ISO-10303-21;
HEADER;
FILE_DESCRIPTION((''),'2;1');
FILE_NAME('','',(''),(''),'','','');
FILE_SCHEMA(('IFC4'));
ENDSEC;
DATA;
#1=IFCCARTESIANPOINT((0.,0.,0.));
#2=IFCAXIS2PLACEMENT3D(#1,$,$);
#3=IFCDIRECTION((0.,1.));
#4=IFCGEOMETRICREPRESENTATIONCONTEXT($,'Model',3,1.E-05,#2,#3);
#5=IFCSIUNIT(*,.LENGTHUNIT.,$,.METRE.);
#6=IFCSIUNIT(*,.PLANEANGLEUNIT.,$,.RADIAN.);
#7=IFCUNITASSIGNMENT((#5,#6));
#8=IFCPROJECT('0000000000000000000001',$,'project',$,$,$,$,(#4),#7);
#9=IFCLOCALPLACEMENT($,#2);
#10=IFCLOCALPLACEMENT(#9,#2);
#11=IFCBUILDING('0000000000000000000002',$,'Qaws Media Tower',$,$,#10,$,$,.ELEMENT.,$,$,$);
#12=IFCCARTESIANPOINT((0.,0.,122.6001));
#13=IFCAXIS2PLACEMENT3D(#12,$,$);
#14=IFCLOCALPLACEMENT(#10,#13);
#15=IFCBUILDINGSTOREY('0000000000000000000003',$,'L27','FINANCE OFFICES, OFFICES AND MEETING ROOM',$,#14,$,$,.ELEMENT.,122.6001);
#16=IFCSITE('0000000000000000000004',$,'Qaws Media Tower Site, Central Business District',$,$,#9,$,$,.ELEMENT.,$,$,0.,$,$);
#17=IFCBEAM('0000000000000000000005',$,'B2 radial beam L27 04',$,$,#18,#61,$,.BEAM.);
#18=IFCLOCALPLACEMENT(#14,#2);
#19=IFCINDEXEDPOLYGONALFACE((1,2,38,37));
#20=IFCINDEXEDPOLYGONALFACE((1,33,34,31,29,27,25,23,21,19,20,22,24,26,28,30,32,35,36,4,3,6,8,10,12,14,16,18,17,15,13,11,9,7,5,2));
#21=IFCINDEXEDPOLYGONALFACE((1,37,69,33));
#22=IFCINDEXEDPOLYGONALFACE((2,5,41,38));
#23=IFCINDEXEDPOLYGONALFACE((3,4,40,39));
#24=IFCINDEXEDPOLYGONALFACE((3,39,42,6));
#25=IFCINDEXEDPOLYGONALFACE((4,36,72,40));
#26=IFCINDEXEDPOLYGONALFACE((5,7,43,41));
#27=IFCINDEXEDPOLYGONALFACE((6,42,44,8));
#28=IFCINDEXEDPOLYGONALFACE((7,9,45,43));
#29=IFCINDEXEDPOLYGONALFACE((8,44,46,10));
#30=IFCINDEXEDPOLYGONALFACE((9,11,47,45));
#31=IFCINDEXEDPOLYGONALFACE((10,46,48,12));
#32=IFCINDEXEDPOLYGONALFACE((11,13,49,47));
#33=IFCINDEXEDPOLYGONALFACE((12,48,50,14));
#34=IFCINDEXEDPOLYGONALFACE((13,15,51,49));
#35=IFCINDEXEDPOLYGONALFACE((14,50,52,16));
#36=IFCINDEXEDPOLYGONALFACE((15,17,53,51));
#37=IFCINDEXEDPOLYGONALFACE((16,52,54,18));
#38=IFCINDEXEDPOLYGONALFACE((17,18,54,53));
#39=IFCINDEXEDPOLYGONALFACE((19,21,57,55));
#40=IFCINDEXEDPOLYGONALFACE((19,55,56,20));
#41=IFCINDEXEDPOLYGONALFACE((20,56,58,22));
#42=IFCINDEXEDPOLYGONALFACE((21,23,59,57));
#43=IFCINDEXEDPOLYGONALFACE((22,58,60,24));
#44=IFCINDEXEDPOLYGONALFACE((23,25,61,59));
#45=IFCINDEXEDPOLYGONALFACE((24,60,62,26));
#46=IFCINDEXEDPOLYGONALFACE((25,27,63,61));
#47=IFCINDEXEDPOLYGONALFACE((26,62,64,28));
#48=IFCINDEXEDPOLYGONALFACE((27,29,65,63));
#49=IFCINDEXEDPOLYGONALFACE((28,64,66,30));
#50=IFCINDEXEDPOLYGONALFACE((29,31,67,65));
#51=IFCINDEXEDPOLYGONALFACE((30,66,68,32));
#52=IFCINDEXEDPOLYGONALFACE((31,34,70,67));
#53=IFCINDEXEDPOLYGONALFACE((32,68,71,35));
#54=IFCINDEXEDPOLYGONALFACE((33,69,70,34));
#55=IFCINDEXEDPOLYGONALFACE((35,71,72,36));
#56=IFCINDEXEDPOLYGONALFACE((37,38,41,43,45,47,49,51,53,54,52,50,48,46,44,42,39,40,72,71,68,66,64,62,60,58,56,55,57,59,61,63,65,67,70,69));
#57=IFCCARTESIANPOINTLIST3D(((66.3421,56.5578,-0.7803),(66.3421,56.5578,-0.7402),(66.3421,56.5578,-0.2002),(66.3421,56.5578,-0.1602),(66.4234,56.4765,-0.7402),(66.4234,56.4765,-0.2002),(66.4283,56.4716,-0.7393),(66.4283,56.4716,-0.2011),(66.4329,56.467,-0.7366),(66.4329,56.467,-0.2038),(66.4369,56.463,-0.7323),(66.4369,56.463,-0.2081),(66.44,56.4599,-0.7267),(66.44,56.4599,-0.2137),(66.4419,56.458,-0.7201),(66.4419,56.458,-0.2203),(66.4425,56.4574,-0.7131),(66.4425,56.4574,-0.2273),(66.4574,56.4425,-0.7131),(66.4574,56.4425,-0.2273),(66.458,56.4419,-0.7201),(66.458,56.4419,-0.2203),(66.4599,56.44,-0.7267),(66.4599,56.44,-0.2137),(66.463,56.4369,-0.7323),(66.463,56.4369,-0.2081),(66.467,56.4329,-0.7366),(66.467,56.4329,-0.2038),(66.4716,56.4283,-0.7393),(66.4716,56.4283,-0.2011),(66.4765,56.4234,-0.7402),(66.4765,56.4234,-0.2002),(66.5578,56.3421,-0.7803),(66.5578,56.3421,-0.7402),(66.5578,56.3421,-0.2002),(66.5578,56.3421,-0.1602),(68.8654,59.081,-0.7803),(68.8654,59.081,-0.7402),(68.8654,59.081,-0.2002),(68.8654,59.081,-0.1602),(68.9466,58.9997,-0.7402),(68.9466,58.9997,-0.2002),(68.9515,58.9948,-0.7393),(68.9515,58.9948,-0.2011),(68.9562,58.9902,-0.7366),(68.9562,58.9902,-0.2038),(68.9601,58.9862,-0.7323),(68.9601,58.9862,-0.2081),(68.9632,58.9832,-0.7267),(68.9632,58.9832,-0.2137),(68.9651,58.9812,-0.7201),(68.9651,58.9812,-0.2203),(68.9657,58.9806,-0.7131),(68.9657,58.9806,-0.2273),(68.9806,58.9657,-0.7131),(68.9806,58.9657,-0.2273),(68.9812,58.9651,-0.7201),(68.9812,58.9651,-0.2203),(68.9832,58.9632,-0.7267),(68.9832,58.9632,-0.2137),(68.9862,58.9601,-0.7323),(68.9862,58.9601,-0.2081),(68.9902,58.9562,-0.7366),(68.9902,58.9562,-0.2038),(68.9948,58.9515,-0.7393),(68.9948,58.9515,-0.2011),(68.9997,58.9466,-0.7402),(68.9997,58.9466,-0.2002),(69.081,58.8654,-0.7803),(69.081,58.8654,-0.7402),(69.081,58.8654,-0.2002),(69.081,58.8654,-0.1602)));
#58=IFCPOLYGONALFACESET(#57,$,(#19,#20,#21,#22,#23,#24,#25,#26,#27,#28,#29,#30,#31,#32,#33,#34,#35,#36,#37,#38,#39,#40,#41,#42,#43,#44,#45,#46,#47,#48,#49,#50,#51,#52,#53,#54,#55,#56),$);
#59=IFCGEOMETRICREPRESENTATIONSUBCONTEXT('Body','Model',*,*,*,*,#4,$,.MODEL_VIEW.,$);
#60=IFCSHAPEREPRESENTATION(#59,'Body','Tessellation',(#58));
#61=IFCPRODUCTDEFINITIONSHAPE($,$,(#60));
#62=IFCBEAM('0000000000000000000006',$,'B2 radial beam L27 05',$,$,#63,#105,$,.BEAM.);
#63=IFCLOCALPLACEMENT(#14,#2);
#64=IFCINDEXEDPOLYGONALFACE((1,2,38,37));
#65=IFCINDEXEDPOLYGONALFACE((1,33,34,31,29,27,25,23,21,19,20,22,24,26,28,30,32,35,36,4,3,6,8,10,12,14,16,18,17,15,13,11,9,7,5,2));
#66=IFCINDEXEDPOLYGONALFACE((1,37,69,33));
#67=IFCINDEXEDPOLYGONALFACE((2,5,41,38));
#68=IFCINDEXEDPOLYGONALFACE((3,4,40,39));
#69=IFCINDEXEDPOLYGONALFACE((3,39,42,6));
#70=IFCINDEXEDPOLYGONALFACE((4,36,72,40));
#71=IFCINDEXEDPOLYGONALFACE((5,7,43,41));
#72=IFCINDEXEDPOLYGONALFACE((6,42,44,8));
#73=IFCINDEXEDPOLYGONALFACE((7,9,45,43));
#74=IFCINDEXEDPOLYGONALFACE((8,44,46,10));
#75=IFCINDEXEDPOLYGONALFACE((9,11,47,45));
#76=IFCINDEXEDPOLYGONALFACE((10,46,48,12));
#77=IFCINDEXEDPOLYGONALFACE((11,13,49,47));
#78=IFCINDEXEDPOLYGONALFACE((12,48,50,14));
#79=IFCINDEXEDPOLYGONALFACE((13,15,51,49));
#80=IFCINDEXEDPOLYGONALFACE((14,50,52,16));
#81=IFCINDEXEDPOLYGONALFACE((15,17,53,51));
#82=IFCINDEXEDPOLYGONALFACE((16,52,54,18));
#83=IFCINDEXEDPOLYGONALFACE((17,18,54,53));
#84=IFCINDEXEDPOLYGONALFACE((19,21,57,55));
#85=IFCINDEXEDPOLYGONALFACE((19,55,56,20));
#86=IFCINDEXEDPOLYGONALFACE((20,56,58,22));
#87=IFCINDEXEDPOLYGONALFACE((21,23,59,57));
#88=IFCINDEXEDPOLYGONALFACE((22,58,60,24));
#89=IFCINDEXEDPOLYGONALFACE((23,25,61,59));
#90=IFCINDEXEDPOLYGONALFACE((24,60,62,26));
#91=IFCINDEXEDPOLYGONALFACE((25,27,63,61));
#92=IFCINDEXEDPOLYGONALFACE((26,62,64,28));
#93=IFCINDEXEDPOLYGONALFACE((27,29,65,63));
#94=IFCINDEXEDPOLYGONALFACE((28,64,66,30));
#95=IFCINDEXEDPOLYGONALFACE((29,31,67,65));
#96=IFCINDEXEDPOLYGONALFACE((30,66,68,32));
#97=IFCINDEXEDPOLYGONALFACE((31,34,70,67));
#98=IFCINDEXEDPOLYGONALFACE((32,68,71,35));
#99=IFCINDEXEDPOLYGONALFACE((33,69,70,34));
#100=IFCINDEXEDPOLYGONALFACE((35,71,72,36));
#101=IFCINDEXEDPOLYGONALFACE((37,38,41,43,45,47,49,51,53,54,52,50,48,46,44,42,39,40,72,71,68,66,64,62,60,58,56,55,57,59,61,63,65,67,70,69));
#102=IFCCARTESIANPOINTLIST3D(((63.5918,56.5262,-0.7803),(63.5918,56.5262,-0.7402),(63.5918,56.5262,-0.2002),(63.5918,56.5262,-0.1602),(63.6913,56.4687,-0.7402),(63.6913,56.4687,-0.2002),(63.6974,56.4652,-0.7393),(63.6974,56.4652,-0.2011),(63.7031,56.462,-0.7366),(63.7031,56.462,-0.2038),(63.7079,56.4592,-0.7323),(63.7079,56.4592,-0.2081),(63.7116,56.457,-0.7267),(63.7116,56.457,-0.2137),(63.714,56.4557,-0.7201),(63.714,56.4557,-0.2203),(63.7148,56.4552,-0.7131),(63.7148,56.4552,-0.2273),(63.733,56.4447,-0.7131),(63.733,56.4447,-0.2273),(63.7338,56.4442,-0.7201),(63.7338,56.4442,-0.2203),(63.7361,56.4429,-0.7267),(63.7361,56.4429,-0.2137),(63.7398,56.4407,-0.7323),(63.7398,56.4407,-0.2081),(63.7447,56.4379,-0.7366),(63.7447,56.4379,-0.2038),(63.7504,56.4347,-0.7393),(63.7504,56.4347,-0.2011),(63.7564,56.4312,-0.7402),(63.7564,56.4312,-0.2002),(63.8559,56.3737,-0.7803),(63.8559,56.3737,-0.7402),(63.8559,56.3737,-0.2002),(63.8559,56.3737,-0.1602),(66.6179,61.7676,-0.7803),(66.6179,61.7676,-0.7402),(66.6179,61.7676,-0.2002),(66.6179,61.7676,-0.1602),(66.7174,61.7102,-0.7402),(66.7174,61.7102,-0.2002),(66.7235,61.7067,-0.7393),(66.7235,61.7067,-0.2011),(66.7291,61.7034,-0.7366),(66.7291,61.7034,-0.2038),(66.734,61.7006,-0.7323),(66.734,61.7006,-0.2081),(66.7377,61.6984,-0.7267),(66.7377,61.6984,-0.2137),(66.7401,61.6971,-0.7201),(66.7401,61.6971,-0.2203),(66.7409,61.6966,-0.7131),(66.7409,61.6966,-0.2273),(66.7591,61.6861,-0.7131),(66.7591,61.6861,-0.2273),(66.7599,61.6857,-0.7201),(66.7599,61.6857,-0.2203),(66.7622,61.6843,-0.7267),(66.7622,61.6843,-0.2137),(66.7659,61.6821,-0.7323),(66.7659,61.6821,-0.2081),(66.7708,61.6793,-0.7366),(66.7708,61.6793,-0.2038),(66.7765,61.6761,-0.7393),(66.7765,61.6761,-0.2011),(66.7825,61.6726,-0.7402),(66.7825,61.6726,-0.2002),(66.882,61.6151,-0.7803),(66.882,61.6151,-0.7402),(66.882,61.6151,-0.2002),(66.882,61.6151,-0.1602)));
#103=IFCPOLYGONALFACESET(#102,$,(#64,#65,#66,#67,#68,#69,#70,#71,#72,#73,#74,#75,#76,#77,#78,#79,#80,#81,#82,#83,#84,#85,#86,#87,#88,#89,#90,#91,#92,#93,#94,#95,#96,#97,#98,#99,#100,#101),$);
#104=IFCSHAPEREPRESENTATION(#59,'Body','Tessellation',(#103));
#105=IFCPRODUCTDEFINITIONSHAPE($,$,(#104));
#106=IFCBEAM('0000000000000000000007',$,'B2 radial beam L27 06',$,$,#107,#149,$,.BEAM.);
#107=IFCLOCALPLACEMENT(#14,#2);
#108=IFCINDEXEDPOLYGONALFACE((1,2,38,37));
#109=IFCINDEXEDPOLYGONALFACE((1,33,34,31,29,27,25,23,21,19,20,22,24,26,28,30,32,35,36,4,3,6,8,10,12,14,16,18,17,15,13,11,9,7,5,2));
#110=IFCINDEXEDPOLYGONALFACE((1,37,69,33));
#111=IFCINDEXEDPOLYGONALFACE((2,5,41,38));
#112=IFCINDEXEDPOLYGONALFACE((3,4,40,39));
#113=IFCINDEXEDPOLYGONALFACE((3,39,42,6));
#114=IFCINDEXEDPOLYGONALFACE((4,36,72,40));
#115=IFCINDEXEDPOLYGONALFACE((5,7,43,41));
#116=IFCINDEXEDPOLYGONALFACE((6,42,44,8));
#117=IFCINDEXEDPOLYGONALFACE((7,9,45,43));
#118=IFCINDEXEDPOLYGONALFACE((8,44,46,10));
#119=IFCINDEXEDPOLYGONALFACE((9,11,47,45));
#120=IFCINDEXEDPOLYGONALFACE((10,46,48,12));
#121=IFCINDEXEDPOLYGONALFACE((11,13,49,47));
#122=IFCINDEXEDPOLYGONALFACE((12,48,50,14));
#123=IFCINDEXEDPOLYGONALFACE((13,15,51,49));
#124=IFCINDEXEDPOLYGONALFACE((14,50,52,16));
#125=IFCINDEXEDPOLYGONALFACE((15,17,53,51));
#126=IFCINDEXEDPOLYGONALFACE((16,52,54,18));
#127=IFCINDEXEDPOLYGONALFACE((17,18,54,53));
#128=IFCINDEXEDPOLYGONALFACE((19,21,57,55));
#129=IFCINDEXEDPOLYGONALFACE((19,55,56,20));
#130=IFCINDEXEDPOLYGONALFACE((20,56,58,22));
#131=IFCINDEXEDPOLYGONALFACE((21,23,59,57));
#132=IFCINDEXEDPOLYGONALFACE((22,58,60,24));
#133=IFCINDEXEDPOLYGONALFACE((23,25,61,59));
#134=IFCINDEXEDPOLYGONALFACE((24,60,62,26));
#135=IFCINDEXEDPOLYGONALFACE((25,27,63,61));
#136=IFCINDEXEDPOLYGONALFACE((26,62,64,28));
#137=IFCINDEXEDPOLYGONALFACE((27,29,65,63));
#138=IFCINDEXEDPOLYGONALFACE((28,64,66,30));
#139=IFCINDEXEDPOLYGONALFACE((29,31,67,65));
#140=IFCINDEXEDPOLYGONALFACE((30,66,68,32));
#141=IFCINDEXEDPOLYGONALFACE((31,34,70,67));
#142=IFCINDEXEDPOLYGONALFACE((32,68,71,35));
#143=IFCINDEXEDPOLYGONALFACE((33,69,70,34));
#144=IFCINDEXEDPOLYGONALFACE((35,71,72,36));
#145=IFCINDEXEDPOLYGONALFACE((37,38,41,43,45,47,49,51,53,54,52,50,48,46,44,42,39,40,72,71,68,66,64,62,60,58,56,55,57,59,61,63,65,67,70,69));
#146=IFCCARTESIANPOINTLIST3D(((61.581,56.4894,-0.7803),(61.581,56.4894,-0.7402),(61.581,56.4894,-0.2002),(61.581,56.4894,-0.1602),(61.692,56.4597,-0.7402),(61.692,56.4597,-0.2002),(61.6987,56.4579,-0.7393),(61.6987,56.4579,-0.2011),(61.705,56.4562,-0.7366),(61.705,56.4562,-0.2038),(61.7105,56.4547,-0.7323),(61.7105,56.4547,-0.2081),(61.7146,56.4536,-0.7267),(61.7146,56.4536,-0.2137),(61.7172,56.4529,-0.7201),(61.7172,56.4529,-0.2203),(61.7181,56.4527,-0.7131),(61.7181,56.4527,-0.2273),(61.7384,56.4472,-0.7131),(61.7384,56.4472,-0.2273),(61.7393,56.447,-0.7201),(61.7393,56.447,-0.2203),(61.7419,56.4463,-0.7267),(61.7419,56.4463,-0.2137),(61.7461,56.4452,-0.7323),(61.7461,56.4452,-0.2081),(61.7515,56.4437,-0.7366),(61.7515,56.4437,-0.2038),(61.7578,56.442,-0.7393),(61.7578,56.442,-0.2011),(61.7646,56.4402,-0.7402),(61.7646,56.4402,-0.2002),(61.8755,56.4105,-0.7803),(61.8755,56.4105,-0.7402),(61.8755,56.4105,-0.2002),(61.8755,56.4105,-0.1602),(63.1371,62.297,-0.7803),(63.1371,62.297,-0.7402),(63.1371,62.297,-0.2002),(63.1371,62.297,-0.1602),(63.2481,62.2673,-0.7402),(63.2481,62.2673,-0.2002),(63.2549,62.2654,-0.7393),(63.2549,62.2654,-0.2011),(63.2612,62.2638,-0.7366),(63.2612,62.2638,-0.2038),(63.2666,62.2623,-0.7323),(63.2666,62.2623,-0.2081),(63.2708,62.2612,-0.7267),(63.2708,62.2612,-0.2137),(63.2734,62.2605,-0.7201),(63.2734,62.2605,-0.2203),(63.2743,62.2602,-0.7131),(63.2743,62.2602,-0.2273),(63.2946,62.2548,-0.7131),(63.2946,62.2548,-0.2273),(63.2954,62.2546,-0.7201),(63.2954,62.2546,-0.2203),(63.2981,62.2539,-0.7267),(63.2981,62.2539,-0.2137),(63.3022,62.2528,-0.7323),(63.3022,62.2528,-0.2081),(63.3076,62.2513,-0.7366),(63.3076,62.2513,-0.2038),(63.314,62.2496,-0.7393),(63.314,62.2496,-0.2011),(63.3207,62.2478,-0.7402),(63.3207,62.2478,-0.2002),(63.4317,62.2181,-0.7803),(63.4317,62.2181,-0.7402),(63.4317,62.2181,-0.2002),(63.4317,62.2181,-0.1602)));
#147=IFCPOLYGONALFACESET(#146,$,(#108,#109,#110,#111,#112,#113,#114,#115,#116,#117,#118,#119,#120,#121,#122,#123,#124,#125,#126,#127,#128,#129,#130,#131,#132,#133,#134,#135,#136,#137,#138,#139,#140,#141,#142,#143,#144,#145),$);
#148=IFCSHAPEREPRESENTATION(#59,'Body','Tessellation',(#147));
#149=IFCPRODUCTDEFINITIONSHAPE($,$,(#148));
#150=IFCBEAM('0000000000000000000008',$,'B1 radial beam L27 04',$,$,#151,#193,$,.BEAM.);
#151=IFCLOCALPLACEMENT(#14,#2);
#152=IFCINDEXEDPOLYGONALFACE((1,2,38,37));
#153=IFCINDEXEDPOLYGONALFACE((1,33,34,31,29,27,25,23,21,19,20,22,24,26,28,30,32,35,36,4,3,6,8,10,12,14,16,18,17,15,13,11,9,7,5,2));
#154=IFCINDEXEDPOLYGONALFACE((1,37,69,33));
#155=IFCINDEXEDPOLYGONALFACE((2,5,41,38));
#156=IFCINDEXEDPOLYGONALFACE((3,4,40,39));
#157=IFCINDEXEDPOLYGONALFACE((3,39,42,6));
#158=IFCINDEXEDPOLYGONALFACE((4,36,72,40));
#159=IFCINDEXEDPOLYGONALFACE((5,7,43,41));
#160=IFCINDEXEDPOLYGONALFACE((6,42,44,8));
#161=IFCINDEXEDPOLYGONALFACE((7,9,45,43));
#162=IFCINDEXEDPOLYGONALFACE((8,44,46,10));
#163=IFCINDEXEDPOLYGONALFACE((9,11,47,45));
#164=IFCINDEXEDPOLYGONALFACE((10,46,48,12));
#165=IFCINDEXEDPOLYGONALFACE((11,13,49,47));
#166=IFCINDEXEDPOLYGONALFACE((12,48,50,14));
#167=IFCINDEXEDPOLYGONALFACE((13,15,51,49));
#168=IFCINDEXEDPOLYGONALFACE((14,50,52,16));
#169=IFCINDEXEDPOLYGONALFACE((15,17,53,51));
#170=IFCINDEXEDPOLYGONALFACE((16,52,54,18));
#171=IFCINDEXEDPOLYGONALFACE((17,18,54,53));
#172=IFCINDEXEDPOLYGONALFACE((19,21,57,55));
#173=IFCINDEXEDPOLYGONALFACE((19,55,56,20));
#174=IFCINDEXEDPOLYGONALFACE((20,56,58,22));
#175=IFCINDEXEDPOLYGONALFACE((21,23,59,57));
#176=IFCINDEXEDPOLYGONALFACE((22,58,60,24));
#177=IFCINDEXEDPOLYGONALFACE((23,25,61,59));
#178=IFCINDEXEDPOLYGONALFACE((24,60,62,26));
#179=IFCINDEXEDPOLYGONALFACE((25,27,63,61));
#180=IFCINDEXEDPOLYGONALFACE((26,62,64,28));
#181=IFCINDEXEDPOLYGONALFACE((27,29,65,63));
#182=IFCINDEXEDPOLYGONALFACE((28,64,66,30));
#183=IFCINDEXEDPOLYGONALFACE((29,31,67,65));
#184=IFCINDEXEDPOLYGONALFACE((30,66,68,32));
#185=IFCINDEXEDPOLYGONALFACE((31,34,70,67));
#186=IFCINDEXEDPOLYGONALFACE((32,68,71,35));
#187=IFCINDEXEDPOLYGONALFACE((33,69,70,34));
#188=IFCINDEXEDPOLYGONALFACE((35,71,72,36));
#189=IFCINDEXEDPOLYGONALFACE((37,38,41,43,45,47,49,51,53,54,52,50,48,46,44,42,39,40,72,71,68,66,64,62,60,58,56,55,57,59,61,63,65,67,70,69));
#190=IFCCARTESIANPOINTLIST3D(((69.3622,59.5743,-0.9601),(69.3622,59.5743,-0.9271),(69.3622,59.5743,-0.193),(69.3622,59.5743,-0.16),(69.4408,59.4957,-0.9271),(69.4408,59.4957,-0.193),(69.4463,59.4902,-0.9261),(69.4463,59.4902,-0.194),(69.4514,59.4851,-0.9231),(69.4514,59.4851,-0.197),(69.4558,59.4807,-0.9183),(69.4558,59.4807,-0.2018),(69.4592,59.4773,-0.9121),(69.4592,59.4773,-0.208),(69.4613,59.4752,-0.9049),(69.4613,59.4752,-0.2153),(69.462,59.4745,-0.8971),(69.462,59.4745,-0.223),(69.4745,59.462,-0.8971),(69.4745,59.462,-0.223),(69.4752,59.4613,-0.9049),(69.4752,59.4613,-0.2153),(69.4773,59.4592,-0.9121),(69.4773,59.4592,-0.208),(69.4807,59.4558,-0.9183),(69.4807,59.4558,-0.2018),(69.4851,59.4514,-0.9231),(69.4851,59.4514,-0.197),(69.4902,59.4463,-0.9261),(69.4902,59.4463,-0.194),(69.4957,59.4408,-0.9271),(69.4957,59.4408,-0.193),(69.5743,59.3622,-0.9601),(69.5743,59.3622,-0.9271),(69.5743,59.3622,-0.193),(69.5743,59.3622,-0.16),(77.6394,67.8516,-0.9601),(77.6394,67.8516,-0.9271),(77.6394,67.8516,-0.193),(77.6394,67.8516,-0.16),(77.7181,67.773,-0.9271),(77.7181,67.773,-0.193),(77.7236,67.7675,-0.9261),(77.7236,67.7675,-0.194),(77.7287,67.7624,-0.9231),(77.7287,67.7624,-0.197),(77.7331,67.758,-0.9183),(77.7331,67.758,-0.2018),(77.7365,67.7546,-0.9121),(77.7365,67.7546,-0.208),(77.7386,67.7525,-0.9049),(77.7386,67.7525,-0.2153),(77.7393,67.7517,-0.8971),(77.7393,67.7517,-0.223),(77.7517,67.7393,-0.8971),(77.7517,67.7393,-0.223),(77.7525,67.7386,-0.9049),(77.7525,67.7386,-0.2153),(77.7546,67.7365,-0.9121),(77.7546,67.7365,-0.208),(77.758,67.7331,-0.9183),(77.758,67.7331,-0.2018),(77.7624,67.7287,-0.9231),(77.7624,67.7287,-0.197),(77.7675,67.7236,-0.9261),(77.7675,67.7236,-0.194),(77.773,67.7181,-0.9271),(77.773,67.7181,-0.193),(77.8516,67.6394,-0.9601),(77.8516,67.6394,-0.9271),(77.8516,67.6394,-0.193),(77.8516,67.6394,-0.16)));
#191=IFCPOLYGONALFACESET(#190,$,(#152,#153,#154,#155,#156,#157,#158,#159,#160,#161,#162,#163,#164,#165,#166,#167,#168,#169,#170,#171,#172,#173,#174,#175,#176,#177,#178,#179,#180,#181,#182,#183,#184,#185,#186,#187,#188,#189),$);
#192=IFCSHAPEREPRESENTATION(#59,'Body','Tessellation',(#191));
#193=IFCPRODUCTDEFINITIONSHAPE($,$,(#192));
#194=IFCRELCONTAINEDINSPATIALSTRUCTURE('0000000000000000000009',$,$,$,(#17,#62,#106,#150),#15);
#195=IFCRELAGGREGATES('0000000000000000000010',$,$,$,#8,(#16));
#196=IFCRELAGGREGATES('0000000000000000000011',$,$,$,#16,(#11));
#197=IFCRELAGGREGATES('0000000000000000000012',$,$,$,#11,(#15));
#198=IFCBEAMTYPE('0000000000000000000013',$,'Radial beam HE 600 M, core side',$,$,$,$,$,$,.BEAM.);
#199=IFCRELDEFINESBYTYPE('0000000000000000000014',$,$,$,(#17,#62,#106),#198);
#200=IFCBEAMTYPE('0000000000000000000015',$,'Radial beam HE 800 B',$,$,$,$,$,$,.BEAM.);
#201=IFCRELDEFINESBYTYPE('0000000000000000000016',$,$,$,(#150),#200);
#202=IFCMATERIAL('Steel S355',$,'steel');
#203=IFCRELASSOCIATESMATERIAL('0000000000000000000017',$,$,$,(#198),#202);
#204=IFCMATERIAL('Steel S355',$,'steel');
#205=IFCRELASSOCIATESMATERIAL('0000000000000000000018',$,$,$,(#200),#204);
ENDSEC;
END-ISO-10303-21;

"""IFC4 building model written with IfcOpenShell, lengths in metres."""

from ifc_helpers import new_model, si_unit, direction, frame, origin, origin_2d, place, context, subcontext, project, spatial, i_section, extrude, material, material_profile, profile_set, type_object, element, save


model = new_model("IFC4")

# Units and contexts
model_context = context("Model", 3, precision=1e-05, world=origin(), true_north=direction((0.0, 1.0)))
body_context = subcontext(model_context, "Body", "Model", "MODEL_VIEW")
ifc_project = project(units=[si_unit("LENGTHUNIT", "METRE"), si_unit("PLANEANGLEUNIT", "RADIAN")], contexts=[model_context])

# Site, building, storey
site_placement = place(None, origin())
site = spatial("IfcSite", under=ifc_project, at=site_placement, Name="Qaws Media Tower Site, Central Business District", CompositionType="ELEMENT", RefElevation=0.0)
building_placement = place(site_placement, origin())
building = spatial("IfcBuilding", under=site, at=building_placement, Name="Qaws Media Tower", CompositionType="ELEMENT")
storey_placement = place(building_placement, frame((0.0, 0.0, 122.6001)))
storey = spatial("IfcBuildingStorey", under=building, at=storey_placement, Name="L27", Description="FINANCE OFFICES, OFFICES AND MEETING ROOM", CompositionType="ELEMENT", Elevation=122.6001)

# Beams
ifc_material_1 = material(Name="Steel S355", Category="steel")
ifc_material_profile_1 = material_profile(ifc_material_1, i_section(OverallWidth=0.3049, OverallDepth=0.6201, WebThickness=0.021, FlangeThickness=0.04, FilletRadius=0.0271, at=origin_2d()), Name="HE 600 M")
ifc_profile_set_1 = profile_set([ifc_material_profile_1], Name="Steel S355")
beam_type_1 = type_object("IfcBeamType", Name="Radial beam HE 600 M, core side", PredefinedType="BEAM", material=ifc_profile_set_1)
beam_1_placement = place(storey_placement, frame((66.45, 56.45, -0.4702), z_axis=(0.707107, 0.707107, 0.0), x_axis=(-0.707107, 0.707107, 0.0)))
element("IfcBeam", 1, at=beam_1_placement, inside=storey, type_object=beam_type_1, Name="B2 radial beam L27 04", PredefinedType="BEAM", context=body_context, shape_type="SweptSolid", body=[
    extrude(i_section(OverallWidth=0.3049, OverallDepth=0.6201, WebThickness=0.021, FlangeThickness=0.04, FilletRadius=0.0271, at=origin_2d()), origin(), (0.0, 0.0, 1.0), 3.5684),
])
beam_2_placement = place(storey_placement, frame((63.7239, 56.45, -0.4702), z_axis=(0.499996, 0.866028, 0.0), x_axis=(-0.866028, 0.499996, 0.0)))
element("IfcBeam", 2, at=beam_2_placement, inside=storey, type_object=beam_type_1, Name="B2 radial beam L27 05", PredefinedType="BEAM", context=body_context, shape_type="SweptSolid", body=[
    extrude(i_section(OverallWidth=0.3049, OverallDepth=0.6201, WebThickness=0.021, FlangeThickness=0.04, FilletRadius=0.0271, at=origin_2d()), origin(), (0.0, 0.0, 1.0), 6.0522),
])
beam_3_placement = place(storey_placement, frame((61.7283, 56.45, -0.4702), z_axis=(0.25882, 0.965926, 0.0), x_axis=(-0.965926, 0.25882, 0.0)))
element("IfcBeam", 3, at=beam_3_placement, inside=storey, type_object=beam_type_1, Name="B2 radial beam L27 06", PredefinedType="BEAM", context=body_context, shape_type="SweptSolid", body=[
    extrude(i_section(OverallWidth=0.3049, OverallDepth=0.6201, WebThickness=0.021, FlangeThickness=0.04, FilletRadius=0.0271, at=origin_2d()), origin(), (0.0, 0.0, 1.0), 6.0125),
])
ifc_material_2 = material(Name="Steel S355", Category="steel")
ifc_material_profile_2 = material_profile(ifc_material_2, i_section(OverallWidth=0.3, OverallDepth=0.8, WebThickness=0.0176, FlangeThickness=0.033, FilletRadius=0.03, at=origin_2d()), Name="HE 800 B")
ifc_profile_set_2 = profile_set([ifc_material_profile_2], Name="Steel S355")
beam_type_2 = type_object("IfcBeamType", Name="Radial beam HE 800 B", PredefinedType="BEAM", material=ifc_profile_set_2)
beam_4_placement = place(storey_placement, frame((69.4683, 59.4683, -0.5601), z_axis=(0.707107, 0.707107, 0.0), x_axis=(-0.707107, 0.707107, 0.0)))
element("IfcBeam", 4, at=beam_4_placement, inside=storey, type_object=beam_type_2, Name="B1 radial beam L27 04", PredefinedType="BEAM", context=body_context, shape_type="SweptSolid", body=[
    extrude(i_section(OverallWidth=0.3, OverallDepth=0.8, WebThickness=0.0176, FlangeThickness=0.033, FilletRadius=0.03, at=origin_2d()), origin(), (0.0, 0.0, 1.0), 11.7058),
])

save(model, "model.ifc")
